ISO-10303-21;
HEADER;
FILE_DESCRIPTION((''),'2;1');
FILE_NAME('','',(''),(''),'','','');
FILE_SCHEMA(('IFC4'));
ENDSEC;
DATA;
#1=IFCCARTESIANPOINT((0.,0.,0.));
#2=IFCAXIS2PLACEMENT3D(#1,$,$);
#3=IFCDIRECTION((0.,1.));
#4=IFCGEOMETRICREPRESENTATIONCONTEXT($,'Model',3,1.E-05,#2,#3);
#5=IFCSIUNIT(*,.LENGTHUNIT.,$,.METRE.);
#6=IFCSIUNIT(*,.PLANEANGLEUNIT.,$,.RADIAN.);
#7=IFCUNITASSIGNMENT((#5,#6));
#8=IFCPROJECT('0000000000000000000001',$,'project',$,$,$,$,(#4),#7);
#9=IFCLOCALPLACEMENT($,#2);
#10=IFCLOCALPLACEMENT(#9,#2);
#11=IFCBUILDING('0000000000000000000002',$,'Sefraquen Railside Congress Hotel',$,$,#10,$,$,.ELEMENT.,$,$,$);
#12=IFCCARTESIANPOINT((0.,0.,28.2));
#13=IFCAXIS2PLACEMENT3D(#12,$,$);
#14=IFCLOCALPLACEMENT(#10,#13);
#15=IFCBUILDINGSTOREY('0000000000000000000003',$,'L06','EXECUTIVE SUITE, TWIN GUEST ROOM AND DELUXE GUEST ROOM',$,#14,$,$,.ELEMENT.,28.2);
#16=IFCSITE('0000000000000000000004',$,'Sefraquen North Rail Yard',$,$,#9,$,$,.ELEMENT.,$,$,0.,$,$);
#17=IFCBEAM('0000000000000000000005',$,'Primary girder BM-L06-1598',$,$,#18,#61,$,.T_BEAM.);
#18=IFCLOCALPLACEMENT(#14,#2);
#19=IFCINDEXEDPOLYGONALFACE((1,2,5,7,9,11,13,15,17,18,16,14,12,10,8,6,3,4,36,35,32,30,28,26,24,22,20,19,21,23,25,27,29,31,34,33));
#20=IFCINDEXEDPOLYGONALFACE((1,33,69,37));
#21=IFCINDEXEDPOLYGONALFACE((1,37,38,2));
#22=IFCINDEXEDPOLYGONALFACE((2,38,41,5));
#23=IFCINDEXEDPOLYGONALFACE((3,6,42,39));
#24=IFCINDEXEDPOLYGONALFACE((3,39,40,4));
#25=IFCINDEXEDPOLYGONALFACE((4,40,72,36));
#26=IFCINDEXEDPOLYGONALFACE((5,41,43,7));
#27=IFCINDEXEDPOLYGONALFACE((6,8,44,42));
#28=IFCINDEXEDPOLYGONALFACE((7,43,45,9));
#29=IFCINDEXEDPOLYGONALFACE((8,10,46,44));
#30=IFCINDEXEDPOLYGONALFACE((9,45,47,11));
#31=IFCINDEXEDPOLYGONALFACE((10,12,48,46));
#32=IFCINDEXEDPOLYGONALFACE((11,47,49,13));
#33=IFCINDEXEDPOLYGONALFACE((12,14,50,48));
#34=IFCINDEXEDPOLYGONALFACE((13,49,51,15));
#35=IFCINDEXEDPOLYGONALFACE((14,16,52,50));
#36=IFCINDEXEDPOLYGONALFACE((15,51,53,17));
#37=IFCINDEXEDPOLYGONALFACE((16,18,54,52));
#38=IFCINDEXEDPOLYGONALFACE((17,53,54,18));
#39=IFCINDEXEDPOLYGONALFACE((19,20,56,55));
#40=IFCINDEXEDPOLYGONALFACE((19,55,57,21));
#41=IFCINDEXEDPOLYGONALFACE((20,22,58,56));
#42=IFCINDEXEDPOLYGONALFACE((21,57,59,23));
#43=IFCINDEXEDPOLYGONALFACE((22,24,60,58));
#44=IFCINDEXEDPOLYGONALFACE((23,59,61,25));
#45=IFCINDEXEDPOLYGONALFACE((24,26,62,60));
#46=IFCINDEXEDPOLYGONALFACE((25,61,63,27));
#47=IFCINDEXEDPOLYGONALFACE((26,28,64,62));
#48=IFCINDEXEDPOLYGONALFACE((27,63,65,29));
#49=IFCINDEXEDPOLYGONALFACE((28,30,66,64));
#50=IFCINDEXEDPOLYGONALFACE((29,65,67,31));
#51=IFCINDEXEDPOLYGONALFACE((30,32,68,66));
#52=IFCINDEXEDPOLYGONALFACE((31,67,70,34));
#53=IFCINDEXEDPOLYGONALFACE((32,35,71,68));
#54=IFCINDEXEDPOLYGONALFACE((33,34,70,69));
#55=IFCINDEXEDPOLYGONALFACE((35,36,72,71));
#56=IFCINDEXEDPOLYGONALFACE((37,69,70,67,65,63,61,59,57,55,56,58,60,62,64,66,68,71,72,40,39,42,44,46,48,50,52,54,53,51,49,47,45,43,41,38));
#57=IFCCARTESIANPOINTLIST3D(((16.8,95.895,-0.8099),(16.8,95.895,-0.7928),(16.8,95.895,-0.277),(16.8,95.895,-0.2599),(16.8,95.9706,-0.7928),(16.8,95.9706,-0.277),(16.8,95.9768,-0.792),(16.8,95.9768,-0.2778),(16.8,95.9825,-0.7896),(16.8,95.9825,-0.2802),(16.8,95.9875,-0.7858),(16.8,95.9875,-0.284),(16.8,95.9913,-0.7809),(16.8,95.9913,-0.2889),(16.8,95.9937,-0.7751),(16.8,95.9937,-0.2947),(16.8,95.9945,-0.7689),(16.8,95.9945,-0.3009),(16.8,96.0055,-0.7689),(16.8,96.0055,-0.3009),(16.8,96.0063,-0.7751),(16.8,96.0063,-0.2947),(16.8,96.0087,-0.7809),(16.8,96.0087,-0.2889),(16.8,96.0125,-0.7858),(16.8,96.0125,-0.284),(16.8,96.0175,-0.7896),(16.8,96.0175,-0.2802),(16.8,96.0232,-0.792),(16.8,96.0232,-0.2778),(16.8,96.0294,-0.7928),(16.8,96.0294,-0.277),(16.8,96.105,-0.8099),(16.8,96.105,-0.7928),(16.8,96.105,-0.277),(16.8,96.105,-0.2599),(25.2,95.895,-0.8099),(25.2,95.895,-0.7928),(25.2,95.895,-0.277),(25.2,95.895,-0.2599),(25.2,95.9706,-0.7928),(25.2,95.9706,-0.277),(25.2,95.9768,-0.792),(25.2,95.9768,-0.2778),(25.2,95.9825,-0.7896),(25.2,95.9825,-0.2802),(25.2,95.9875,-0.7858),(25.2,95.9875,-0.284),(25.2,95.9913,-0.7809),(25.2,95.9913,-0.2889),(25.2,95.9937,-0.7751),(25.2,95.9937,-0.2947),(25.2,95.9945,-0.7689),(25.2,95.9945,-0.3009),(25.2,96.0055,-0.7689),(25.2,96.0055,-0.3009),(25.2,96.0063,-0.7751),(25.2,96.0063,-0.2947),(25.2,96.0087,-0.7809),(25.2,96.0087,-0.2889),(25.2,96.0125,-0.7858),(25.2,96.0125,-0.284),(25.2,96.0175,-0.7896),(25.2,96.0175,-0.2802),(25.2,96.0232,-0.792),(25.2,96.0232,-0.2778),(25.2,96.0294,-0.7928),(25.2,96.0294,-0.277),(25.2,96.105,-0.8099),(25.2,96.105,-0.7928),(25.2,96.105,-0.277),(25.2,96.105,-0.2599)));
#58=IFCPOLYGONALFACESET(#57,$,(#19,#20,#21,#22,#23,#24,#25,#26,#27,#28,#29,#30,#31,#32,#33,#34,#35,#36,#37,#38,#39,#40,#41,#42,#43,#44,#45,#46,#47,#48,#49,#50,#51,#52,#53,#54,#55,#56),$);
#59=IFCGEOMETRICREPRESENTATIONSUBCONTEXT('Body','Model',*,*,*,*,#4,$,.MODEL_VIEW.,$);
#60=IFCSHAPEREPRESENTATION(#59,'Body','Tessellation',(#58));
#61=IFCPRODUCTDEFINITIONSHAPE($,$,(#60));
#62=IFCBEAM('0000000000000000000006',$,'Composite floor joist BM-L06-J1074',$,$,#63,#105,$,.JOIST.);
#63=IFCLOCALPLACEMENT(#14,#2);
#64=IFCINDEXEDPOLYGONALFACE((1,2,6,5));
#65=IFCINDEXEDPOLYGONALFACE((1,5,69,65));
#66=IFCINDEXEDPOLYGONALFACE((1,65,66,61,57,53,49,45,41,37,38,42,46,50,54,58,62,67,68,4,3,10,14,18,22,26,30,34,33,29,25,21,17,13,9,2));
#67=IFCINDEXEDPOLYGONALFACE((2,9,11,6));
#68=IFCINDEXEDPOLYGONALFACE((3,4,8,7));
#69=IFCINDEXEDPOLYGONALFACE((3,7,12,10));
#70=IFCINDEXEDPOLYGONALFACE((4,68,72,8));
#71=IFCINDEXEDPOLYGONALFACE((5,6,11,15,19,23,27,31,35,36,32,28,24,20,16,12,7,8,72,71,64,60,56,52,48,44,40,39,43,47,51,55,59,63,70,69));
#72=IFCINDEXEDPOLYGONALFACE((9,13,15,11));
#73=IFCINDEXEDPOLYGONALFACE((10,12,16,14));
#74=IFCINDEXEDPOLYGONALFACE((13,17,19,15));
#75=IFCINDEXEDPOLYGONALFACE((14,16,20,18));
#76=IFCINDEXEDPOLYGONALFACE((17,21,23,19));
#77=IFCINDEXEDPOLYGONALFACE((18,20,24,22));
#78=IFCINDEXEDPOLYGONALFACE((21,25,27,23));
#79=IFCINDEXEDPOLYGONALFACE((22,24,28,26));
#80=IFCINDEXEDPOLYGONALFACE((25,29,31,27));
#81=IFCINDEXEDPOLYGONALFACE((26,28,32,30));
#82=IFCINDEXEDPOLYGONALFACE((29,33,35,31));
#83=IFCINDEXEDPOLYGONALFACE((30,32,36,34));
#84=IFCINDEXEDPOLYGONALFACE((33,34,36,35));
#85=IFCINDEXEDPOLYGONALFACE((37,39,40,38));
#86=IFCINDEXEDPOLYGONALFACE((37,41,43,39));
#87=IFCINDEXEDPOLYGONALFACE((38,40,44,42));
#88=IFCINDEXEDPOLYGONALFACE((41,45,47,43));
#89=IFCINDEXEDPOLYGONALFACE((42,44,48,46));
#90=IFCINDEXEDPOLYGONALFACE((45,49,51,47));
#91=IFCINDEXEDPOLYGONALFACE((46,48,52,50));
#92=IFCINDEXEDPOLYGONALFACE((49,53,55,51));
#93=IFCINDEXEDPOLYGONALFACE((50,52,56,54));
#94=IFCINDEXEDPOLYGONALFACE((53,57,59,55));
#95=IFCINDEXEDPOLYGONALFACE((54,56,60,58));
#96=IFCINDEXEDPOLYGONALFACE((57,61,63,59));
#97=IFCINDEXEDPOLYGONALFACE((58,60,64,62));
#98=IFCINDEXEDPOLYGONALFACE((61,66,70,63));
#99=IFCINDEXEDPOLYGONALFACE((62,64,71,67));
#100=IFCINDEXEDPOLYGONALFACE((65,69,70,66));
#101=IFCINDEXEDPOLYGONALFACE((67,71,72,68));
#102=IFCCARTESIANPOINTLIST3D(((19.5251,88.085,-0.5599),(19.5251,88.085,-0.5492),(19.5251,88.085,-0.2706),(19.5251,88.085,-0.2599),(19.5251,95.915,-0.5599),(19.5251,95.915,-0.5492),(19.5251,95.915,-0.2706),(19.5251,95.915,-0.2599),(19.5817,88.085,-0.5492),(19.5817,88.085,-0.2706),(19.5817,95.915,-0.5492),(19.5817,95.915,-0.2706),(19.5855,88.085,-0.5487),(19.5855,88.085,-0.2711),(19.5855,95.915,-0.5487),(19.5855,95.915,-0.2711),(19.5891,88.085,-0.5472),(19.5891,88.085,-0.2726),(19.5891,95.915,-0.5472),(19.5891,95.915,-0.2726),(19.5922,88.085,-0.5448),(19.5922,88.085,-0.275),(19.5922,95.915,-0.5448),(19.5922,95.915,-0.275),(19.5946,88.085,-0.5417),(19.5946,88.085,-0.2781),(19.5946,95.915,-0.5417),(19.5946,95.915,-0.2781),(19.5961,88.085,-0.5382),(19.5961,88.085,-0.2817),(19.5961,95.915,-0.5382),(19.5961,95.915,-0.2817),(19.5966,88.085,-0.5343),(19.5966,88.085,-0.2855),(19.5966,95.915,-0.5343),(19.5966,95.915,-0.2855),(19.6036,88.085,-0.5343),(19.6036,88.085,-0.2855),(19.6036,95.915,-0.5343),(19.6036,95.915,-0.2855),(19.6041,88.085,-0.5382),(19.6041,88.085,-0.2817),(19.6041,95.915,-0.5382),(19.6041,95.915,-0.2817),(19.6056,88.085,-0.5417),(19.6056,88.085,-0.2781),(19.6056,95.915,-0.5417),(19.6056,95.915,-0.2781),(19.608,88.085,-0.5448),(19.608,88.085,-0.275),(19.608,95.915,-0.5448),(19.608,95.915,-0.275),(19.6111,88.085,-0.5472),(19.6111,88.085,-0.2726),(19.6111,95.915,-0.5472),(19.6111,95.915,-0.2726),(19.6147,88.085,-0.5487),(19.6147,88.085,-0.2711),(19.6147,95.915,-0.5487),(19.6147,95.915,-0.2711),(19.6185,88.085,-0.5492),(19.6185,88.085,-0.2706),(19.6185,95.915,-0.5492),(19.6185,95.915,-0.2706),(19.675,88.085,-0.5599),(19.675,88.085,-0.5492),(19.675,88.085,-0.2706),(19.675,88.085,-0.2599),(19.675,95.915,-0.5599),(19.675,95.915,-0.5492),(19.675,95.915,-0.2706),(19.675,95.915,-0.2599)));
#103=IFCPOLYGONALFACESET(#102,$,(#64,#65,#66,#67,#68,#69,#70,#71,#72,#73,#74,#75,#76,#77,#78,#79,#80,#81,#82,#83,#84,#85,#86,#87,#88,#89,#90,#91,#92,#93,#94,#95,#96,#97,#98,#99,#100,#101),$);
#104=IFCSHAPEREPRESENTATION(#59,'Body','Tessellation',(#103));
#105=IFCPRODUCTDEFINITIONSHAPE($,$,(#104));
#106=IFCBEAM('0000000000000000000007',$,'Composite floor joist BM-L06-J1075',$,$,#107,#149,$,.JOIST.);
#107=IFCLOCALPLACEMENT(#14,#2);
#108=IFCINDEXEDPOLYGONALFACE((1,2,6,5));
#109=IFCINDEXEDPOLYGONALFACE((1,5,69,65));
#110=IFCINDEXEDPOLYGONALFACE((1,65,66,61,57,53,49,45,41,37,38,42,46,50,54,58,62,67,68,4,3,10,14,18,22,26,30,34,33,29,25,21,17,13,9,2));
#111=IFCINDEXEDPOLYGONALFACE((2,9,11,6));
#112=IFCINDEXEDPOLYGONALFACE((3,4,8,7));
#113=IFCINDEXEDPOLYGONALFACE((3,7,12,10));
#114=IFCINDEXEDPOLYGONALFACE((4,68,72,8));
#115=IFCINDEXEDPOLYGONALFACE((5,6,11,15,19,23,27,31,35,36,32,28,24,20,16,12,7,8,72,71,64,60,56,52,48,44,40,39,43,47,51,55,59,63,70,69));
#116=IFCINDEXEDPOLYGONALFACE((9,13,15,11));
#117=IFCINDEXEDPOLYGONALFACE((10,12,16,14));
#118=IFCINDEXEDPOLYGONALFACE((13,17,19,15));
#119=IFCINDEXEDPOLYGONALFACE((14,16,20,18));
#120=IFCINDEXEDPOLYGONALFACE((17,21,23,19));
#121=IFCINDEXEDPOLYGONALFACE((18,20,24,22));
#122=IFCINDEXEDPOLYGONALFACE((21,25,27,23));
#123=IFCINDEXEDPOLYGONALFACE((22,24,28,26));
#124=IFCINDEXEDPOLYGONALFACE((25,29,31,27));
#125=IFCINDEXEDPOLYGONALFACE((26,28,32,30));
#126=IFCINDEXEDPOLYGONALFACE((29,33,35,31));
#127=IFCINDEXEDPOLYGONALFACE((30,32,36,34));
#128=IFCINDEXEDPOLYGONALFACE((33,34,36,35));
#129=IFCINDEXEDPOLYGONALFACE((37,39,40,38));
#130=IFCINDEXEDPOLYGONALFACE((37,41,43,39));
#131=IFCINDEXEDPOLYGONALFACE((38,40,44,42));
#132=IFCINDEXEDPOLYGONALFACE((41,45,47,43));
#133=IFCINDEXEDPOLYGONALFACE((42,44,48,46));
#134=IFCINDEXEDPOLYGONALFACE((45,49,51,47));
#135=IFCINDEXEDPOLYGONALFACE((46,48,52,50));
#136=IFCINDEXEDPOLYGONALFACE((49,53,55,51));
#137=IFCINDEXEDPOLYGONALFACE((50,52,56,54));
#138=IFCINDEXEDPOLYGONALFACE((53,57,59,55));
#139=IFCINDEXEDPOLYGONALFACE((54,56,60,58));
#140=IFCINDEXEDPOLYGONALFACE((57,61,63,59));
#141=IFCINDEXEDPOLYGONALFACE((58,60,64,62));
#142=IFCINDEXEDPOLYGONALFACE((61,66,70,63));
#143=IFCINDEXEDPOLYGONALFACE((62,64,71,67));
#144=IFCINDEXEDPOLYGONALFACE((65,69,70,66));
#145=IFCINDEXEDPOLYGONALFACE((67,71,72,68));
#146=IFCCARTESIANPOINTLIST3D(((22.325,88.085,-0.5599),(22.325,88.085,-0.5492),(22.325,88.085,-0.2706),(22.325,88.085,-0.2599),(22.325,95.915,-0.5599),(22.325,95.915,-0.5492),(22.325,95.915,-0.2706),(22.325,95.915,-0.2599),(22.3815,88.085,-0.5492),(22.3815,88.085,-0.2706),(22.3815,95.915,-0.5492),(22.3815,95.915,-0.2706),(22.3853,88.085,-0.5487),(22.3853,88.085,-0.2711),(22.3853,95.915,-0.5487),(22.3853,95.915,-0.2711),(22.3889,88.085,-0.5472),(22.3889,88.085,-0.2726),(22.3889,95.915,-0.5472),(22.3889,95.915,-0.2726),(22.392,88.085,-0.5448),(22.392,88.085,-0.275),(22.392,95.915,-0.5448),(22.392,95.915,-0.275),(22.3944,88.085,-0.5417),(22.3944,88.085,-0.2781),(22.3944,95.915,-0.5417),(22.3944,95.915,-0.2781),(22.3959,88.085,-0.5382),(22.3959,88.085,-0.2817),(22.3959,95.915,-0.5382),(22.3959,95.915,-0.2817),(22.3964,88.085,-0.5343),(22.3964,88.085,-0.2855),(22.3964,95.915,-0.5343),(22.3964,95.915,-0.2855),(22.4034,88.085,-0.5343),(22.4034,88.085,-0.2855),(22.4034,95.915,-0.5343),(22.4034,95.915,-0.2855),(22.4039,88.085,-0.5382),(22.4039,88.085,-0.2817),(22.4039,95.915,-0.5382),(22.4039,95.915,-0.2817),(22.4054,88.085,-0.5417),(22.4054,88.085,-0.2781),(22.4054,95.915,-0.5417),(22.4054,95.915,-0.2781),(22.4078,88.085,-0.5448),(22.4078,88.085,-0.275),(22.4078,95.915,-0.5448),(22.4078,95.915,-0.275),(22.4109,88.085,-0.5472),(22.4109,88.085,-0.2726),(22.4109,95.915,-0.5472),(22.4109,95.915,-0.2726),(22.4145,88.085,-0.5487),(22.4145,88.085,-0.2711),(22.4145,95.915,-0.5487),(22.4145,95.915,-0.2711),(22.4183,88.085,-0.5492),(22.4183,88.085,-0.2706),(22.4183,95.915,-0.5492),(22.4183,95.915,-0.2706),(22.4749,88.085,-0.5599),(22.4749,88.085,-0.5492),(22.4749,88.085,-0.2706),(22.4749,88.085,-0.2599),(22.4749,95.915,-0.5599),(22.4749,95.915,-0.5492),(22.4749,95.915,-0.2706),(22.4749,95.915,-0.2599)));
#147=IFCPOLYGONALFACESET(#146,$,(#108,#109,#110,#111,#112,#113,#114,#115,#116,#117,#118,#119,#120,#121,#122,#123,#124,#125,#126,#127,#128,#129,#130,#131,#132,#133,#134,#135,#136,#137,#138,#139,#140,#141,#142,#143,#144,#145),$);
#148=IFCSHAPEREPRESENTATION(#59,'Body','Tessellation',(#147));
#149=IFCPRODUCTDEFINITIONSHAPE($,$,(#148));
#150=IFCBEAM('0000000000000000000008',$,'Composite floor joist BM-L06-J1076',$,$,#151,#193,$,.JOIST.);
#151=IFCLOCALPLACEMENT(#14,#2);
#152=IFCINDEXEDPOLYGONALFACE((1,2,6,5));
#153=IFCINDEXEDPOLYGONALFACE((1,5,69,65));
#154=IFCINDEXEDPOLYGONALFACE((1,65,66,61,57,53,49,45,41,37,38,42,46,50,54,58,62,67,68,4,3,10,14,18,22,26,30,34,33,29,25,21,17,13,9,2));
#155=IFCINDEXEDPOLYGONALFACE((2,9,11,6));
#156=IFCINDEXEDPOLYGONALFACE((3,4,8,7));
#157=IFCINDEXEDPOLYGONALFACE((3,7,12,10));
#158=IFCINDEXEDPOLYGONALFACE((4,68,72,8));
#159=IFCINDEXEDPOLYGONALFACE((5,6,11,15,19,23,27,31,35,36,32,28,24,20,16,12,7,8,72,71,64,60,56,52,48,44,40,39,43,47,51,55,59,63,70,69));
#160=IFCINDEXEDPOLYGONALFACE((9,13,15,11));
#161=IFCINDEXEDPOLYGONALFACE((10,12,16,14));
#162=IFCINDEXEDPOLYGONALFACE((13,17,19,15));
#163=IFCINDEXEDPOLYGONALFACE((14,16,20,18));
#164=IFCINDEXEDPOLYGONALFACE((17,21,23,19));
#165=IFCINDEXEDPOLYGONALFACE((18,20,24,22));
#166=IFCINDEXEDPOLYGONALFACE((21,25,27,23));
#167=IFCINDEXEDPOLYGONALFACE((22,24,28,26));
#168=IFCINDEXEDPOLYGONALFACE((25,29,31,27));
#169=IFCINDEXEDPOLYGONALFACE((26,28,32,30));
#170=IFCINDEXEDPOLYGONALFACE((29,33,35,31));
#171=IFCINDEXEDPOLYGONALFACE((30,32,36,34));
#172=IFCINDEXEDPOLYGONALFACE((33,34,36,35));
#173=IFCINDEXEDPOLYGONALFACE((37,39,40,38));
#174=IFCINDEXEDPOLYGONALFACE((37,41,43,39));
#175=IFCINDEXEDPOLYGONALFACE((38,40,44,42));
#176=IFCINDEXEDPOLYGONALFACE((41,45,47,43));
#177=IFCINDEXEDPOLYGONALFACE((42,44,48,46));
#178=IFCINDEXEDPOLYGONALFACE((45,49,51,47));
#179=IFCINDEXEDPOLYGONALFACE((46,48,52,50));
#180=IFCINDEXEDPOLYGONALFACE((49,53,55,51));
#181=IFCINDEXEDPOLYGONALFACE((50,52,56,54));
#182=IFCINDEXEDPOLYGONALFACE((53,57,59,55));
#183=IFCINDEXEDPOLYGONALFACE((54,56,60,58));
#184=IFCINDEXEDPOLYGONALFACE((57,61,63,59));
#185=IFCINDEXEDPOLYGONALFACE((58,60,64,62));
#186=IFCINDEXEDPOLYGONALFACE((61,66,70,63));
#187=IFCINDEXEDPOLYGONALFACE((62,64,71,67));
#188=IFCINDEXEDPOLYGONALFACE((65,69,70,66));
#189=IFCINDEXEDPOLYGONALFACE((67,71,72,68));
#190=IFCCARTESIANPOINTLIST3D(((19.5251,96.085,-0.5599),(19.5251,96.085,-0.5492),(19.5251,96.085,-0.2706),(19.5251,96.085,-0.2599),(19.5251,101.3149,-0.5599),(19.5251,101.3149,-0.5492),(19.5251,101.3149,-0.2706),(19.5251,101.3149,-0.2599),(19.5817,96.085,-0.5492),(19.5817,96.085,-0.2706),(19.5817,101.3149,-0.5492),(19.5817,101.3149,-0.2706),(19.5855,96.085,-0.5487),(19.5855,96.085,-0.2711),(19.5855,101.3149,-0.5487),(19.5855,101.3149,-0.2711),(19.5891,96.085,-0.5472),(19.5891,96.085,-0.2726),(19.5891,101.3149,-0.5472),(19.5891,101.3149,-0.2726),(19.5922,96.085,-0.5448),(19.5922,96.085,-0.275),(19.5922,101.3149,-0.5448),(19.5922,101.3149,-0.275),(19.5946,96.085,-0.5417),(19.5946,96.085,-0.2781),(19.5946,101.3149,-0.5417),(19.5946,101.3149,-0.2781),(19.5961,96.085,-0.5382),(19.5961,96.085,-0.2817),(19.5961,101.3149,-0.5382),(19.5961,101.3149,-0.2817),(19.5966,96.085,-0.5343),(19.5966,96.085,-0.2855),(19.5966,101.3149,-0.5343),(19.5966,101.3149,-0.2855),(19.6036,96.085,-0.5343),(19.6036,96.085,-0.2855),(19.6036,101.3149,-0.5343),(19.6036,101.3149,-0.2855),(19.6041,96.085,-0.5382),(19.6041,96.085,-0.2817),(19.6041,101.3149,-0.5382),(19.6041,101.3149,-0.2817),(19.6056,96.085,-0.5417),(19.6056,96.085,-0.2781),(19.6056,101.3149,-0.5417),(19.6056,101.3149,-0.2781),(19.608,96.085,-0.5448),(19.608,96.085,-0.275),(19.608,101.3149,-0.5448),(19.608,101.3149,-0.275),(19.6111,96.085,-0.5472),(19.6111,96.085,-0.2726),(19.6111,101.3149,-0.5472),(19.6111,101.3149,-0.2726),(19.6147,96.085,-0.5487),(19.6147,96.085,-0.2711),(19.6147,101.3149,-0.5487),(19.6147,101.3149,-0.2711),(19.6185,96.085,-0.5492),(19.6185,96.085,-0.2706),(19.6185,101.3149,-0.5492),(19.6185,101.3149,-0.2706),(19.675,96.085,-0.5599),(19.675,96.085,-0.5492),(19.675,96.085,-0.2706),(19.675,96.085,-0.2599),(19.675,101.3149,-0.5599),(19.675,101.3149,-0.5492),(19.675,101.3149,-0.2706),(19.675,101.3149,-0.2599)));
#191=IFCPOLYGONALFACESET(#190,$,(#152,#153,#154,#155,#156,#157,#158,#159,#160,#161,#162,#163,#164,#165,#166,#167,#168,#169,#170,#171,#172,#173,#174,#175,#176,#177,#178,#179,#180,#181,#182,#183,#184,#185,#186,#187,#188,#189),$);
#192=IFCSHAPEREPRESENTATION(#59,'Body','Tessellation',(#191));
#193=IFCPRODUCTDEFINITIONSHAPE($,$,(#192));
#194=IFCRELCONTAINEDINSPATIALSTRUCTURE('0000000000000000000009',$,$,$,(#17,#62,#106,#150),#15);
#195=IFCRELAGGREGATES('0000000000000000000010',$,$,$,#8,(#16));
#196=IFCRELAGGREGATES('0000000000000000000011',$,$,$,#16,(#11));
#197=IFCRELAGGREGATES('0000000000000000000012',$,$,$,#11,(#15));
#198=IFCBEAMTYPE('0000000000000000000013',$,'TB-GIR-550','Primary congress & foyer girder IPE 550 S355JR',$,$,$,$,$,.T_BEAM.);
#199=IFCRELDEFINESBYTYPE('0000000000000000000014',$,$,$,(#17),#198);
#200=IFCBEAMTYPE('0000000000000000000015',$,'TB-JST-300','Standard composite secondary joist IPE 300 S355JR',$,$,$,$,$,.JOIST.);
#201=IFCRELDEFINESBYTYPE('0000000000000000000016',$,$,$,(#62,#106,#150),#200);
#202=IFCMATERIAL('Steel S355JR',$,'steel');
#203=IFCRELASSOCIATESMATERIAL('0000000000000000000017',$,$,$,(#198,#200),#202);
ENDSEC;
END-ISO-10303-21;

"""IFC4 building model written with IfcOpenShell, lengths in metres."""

from ifc_helpers import new_model, si_unit, direction, frame, origin, origin_2d, place, context, subcontext, project, spatial, i_section, extrude, material, material_profile, profile_set, type_object, element, save


model = new_model("IFC4")

# Units and contexts
model_context = context("Model", 3, precision=1e-05, world=origin(), true_north=direction((0.0, 1.0)))
body_context = subcontext(model_context, "Body", "Model", "MODEL_VIEW")
ifc_project = project(units=[si_unit("LENGTHUNIT", "METRE"), si_unit("PLANEANGLEUNIT", "RADIAN")], contexts=[model_context])

# Site, building, storey
site_placement = place(None, origin())
site = spatial("IfcSite", under=ifc_project, at=site_placement, Name="Sefraquen North Rail Yard", CompositionType="ELEMENT", RefElevation=0.0)
building_placement = place(site_placement, origin())
building = spatial("IfcBuilding", under=site, at=building_placement, Name="Sefraquen Railside Congress Hotel", CompositionType="ELEMENT")
storey_placement = place(building_placement, frame((0.0, 0.0, 28.2)))
storey = spatial("IfcBuildingStorey", under=building, at=storey_placement, Name="L06", Description="EXECUTIVE SUITE, TWIN GUEST ROOM AND DELUXE GUEST ROOM", CompositionType="ELEMENT", Elevation=28.2)

# Shared definitions
ifc_material_1 = material(Name="Steel S355JR", Category="steel")

# Beams
ifc_material_profile_1 = material_profile(ifc_material_1, i_section(OverallWidth=0.21, OverallDepth=0.55, WebThickness=0.011, FlangeThickness=0.0171, FilletRadius=0.0239, at=origin_2d()), Name="IPE 550")
ifc_profile_set_1 = profile_set([ifc_material_profile_1], Name="Steel S355JR")
beam_type_1 = type_object("IfcBeamType", Name="TB-GIR-550", Description="Primary congress & foyer girder IPE 550 S355JR", PredefinedType="T_BEAM", material=ifc_profile_set_1)
for number, where, z_axis, x_axis, name in (
    (1, (16.8, 96.0, -0.5349), (1.0, 0.0, 0.0), (0.0, 1.0, 0.0), "Primary girder BM-L06-1598"),
):
    element("IfcBeam", number, at=place(storey_placement, frame(where, z_axis=z_axis, x_axis=x_axis)), inside=storey, type_object=beam_type_1, Name=name, PredefinedType="T_BEAM", context=body_context, shape_type="SweptSolid", body=[
        extrude(i_section(OverallWidth=0.21, OverallDepth=0.55, WebThickness=0.011, FlangeThickness=0.0171, FilletRadius=0.0239, at=origin_2d()), origin(), (0.0, 0.0, 1.0), 8.3999),
    ])
ifc_material_profile_2 = material_profile(ifc_material_1, i_section(OverallWidth=0.1499, OverallDepth=0.3, WebThickness=0.0071, FlangeThickness=0.0107, FilletRadius=0.0149, at=origin_2d()), Name="IPE 300")
ifc_profile_set_2 = profile_set([ifc_material_profile_2], Name="Steel S355JR")
beam_type_2 = type_object("IfcBeamType", Name="TB-JST-300", Description="Standard composite secondary joist IPE 300 S355JR", PredefinedType="JOIST", material=ifc_profile_set_2)
for number, where, z_axis, x_axis, name in (
    (2, (19.6001, 88.085, -0.4099), (0.0, 1.0, 0.0), (-1.0, 0.0, 0.0), "Composite floor joist BM-L06-J1074"),
    (3, (22.3999, 88.085, -0.4099), (0.0, 1.0, 0.0), (-1.0, 0.0, 0.0), "Composite floor joist BM-L06-J1075"),
):
    element("IfcBeam", number, at=place(storey_placement, frame(where, z_axis=z_axis, x_axis=x_axis)), inside=storey, type_object=beam_type_2, Name=name, PredefinedType="JOIST", context=body_context, shape_type="SweptSolid", body=[
        extrude(i_section(OverallWidth=0.1499, OverallDepth=0.3, WebThickness=0.0071, FlangeThickness=0.0107, FilletRadius=0.0149, at=origin_2d()), origin(), (0.0, 0.0, 1.0), 7.8301),
    ])
for number, where, z_axis, x_axis, name in (
    (4, (19.6001, 96.085, -0.4099), (0.0, 1.0, 0.0), (-1.0, 0.0, 0.0), "Composite floor joist BM-L06-J1076"),
):
    element("IfcBeam", number, at=place(storey_placement, frame(where, z_axis=z_axis, x_axis=x_axis)), inside=storey, type_object=beam_type_2, Name=name, PredefinedType="JOIST", context=body_context, shape_type="SweptSolid", body=[
        extrude(i_section(OverallWidth=0.1499, OverallDepth=0.3, WebThickness=0.0071, FlangeThickness=0.0107, FilletRadius=0.0149, at=origin_2d()), origin(), (0.0, 0.0, 1.0), 5.23),
    ])

save(model, "model.ifc")
